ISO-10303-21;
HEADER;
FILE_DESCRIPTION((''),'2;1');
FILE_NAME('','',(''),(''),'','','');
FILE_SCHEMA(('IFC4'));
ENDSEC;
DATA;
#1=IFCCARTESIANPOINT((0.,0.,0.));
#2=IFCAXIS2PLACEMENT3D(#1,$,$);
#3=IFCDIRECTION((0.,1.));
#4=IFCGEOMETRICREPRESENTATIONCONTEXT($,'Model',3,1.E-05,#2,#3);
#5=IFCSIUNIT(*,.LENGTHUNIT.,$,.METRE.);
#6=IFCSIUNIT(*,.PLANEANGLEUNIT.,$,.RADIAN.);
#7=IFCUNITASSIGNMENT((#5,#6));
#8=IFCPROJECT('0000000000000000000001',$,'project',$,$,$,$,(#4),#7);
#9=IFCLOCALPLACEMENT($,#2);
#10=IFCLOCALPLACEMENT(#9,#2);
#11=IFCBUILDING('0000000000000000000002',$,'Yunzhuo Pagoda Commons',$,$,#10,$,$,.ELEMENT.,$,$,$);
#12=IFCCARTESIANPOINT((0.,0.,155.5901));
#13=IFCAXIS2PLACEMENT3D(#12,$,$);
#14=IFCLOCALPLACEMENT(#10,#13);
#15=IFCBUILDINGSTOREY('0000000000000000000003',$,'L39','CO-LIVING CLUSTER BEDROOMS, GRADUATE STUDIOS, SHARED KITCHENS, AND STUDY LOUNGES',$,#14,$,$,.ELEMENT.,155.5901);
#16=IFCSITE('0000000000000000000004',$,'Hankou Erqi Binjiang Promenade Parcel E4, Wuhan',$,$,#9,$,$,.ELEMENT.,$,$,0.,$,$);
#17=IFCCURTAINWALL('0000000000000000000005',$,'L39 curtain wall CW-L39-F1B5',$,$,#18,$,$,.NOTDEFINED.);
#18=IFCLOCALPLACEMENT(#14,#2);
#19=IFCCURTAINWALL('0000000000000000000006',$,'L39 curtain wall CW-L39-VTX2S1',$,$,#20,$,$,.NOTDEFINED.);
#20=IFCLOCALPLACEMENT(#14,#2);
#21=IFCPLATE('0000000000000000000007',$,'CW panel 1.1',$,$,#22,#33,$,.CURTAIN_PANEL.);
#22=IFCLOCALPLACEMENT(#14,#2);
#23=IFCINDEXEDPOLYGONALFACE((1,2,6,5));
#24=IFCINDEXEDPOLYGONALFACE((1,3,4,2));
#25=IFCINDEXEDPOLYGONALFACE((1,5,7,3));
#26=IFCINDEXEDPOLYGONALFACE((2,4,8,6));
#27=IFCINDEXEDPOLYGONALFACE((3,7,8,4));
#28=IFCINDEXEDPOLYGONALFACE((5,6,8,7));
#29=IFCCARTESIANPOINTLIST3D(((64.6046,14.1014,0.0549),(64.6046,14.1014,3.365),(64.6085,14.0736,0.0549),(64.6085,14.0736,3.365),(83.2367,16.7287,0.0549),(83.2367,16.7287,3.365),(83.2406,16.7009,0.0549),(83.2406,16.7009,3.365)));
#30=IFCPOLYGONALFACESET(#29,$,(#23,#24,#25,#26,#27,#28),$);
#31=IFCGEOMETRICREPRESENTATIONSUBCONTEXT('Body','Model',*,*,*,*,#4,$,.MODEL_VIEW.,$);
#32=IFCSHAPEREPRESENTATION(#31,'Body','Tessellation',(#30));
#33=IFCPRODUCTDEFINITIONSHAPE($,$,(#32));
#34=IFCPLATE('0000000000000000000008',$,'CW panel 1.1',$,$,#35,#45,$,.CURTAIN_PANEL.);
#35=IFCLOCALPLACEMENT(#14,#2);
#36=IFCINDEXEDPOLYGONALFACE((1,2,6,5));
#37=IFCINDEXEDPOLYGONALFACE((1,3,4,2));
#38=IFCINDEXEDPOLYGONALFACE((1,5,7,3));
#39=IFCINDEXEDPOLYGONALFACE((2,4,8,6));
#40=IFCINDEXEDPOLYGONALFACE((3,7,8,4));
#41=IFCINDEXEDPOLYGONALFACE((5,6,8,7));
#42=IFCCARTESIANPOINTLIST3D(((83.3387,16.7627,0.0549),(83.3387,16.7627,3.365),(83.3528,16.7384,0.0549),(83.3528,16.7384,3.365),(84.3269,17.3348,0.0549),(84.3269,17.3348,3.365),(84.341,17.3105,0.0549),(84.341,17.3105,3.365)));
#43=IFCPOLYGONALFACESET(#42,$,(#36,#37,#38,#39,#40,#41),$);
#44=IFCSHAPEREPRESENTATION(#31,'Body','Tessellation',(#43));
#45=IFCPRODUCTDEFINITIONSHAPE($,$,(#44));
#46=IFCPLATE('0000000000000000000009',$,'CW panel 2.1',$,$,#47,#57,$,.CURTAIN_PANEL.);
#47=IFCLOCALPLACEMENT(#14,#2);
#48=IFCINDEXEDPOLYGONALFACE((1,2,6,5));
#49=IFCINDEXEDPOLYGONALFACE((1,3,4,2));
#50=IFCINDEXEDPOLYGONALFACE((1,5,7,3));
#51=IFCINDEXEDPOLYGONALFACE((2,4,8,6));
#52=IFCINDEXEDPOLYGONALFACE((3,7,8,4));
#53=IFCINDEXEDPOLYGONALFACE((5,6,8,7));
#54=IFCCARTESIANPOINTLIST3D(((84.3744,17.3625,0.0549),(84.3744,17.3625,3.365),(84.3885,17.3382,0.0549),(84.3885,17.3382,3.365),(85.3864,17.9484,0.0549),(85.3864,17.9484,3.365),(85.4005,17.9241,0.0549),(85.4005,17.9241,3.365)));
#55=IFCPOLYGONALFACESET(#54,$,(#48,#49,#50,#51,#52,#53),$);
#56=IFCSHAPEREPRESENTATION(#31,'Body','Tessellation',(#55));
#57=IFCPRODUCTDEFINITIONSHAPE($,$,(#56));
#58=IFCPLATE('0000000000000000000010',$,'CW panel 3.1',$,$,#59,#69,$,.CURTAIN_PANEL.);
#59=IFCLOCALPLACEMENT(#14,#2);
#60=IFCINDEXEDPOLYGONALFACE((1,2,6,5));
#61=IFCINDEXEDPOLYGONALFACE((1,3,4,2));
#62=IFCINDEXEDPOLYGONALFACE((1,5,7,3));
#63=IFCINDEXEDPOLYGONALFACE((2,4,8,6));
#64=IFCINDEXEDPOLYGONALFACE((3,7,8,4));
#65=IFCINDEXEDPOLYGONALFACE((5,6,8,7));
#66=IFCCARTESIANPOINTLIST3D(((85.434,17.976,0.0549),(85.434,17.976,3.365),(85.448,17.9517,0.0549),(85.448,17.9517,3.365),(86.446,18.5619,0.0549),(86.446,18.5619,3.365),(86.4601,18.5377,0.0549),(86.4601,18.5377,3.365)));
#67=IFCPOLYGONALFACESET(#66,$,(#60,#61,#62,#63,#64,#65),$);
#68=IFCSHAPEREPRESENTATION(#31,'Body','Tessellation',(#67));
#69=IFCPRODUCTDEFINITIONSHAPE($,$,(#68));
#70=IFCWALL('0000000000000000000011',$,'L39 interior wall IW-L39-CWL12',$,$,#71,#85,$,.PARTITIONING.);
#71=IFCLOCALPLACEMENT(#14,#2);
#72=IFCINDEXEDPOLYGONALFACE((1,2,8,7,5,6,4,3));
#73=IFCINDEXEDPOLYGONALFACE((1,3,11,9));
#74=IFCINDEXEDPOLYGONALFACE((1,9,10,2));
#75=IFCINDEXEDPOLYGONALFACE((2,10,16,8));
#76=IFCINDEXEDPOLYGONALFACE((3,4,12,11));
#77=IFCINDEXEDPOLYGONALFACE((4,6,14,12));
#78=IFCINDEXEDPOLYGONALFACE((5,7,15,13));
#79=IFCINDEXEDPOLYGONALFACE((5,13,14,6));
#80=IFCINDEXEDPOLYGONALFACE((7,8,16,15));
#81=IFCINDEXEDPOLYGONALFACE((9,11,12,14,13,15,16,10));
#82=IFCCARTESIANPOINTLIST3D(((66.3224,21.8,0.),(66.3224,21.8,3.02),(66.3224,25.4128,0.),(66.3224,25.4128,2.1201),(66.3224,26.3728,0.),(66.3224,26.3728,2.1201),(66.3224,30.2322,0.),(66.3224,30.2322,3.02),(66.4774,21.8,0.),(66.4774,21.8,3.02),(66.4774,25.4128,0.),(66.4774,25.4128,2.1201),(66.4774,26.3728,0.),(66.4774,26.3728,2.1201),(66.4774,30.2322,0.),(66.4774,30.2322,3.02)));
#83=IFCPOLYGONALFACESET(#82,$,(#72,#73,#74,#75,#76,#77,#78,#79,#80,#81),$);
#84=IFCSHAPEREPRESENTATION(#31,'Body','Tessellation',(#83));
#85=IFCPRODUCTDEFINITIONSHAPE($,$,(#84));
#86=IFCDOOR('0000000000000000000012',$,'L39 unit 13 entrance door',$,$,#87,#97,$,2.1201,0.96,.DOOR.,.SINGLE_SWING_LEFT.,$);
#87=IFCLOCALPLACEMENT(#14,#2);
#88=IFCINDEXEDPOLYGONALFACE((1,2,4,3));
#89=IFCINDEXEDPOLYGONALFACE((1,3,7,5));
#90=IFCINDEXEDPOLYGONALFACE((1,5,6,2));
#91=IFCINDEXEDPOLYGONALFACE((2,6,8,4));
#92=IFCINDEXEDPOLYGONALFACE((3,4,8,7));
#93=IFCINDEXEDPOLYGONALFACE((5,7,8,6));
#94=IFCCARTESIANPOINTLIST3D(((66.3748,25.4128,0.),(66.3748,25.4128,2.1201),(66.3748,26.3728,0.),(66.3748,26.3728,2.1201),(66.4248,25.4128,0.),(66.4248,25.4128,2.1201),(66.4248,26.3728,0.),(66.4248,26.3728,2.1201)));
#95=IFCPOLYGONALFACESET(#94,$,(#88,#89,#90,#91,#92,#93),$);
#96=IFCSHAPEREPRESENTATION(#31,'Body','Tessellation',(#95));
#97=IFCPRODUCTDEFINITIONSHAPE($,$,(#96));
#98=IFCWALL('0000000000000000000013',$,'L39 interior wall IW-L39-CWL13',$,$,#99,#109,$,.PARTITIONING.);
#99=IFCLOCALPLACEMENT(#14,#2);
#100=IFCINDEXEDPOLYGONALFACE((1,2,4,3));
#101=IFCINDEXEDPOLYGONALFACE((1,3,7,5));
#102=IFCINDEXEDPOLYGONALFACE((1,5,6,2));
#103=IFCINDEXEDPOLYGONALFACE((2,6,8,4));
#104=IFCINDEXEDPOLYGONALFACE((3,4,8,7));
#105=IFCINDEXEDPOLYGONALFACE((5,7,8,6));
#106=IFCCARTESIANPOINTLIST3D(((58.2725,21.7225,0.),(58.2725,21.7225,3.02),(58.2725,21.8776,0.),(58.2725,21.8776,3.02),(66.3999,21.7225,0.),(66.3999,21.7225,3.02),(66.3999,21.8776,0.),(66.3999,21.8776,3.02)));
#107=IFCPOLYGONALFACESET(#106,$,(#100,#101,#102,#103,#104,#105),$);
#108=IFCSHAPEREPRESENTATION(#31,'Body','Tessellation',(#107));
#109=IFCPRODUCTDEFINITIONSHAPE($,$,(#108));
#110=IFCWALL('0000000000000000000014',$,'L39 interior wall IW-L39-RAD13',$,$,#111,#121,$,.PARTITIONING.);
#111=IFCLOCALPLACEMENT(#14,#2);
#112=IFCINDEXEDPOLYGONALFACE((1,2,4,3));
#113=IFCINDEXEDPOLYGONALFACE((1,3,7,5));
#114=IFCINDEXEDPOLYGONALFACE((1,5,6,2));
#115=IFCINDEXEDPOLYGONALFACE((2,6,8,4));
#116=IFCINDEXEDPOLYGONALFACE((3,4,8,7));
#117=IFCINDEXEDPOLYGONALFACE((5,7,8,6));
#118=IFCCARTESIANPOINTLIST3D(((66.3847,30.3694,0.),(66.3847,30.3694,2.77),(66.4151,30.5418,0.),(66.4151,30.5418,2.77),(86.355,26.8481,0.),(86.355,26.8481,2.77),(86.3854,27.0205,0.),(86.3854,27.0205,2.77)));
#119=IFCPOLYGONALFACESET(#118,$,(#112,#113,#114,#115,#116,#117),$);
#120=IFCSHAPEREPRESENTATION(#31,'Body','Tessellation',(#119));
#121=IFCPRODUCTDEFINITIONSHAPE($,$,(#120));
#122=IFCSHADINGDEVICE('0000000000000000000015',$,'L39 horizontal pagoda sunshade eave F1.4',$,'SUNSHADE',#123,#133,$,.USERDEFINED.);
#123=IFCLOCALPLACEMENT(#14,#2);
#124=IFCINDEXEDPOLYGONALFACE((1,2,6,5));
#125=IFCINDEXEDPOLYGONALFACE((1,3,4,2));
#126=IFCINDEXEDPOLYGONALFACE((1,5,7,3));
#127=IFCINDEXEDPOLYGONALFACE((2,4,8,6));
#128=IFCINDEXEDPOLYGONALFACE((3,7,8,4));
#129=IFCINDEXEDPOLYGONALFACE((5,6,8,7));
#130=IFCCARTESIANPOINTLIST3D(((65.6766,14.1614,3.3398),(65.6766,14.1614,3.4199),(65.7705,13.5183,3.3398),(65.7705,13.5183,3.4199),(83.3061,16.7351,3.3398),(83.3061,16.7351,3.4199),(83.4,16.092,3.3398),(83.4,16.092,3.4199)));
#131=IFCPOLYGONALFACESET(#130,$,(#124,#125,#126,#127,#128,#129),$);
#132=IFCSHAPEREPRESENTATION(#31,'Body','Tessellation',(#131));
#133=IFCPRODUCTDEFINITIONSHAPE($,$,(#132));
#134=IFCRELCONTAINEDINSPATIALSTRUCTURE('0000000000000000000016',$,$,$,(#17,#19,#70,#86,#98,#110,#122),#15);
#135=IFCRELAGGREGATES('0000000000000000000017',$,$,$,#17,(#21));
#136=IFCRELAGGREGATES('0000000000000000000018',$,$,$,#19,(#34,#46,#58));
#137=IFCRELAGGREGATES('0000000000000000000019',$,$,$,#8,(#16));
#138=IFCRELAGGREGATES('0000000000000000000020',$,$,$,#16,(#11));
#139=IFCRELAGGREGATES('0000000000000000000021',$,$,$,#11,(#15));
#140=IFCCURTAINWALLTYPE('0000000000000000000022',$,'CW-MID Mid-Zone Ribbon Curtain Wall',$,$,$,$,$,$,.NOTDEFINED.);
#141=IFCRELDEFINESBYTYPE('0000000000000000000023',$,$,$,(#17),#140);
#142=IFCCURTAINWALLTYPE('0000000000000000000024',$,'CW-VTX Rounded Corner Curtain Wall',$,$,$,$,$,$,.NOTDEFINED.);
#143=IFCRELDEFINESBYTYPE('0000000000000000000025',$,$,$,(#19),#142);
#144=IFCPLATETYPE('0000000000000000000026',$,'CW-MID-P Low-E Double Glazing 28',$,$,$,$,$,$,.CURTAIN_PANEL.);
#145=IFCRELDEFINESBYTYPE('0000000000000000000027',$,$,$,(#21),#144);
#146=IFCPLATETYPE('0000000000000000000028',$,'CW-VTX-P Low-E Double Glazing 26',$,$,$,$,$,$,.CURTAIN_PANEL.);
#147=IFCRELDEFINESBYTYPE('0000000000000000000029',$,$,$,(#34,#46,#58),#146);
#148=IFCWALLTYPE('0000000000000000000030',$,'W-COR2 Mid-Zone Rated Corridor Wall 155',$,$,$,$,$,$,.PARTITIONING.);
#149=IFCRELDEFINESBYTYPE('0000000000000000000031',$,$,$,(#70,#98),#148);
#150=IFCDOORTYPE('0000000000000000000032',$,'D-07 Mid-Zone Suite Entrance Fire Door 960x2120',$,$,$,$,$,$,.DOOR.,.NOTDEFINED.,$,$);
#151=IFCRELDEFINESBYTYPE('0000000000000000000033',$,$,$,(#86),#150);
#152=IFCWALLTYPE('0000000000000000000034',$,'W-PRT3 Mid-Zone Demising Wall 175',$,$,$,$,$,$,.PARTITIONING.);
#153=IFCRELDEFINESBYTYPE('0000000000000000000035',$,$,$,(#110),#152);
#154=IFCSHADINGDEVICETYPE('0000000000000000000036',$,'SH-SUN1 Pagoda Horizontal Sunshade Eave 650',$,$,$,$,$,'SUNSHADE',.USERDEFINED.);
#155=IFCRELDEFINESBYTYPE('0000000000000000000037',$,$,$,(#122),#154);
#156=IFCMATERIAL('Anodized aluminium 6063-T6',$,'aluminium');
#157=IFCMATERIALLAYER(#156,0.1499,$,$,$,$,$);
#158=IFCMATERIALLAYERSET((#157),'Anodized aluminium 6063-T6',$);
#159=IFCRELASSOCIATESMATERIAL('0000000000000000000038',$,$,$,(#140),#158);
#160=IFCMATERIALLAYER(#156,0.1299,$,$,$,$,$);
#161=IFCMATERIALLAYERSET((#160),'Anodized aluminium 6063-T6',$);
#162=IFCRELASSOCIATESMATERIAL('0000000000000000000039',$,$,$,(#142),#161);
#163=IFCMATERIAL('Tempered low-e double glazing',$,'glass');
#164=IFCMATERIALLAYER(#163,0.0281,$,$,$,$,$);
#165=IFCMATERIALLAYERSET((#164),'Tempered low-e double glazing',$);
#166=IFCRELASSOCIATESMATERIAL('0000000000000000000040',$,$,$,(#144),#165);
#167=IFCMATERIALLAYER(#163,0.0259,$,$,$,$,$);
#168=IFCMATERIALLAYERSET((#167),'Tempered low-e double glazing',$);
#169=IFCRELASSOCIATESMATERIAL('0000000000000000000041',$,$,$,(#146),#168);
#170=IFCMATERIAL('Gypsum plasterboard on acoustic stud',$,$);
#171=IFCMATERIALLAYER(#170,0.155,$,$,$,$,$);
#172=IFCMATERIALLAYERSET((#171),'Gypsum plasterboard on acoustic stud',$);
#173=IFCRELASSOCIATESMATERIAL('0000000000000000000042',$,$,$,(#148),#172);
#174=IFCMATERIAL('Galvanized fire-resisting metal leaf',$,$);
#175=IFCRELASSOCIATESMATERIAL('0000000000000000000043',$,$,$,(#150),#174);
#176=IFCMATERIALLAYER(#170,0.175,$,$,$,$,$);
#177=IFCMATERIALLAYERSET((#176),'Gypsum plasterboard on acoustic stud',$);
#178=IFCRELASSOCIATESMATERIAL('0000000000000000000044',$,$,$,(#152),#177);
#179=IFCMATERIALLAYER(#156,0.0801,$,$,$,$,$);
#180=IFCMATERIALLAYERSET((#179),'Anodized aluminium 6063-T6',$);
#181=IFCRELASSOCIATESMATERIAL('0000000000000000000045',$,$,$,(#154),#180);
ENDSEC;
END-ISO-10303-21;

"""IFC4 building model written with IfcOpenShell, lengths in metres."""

from ifc_helpers import new_model, si_unit, direction, frame, frame_2d, origin, origin_with_axes, origin_2d, place, context, subcontext, project, spatial, rectangle, extrude, source, transform, mapped, material, layer, layer_set, type_object, element, fill, aggregate, save


model = new_model("IFC4")

# Units and contexts
model_context = context("Model", 3, precision=1e-05, world=origin(), true_north=direction((0.0, 1.0)))
body_context = subcontext(model_context, "Body", "Model", "MODEL_VIEW")
ifc_project = project(units=[si_unit("LENGTHUNIT", "METRE"), si_unit("PLANEANGLEUNIT", "RADIAN")], contexts=[model_context])

# Site, building, storey
site_placement = place(None, origin())
site = spatial("IfcSite", under=ifc_project, at=site_placement, Name="Hankou Erqi Binjiang Promenade Parcel E4, Wuhan", CompositionType="ELEMENT", RefElevation=0.0)
building_placement = place(site_placement, origin())
building = spatial("IfcBuilding", under=site, at=building_placement, Name="Yunzhuo Pagoda Commons", CompositionType="ELEMENT")
storey_placement = place(building_placement, frame((0.0, 0.0, 155.5901)))
storey = spatial("IfcBuildingStorey", under=building, at=storey_placement, Name="L39", Description="CO-LIVING CLUSTER BEDROOMS, GRADUATE STUDIOS, SHARED KITCHENS, AND STUDY LOUNGES", CompositionType="ELEMENT", Elevation=155.5901)

# Curtain wall
ifc_material_1 = material(Name="Anodized aluminium 6063-T6", Category="aluminium")
ifc_layer_1 = layer(ifc_material_1, 0.1499)
ifc_layer_set_1 = layer_set([ifc_layer_1], Name="Anodized aluminium 6063-T6")
curtain_wall_type_1 = type_object("IfcCurtainWallType", Name="CW-MID Mid-Zone Ribbon Curtain Wall", PredefinedType="NOTDEFINED", material=ifc_layer_set_1)
curtain_wall_1_placement = place(storey_placement, origin())
curtain_wall_1 = element("IfcCurtainWall", 1, at=curtain_wall_1_placement, inside=storey, type_object=curtain_wall_type_1, Name="L39 curtain wall CW-L39-F1B5", PredefinedType="NOTDEFINED")

# Curtain wall
ifc_layer_2 = layer(ifc_material_1, 0.1299)
ifc_layer_set_2 = layer_set([ifc_layer_2], Name="Anodized aluminium 6063-T6")
curtain_wall_type_2 = type_object("IfcCurtainWallType", Name="CW-VTX Rounded Corner Curtain Wall", PredefinedType="NOTDEFINED", material=ifc_layer_set_2)
curtain_wall_2_placement = place(storey_placement, origin())
curtain_wall_2 = element("IfcCurtainWall", 2, at=curtain_wall_2_placement, inside=storey, type_object=curtain_wall_type_2, Name="L39 curtain wall CW-L39-VTX2S1", PredefinedType="NOTDEFINED")

# Plates
ifc_material_2 = material(Name="Tempered low-e double glazing", Category="glass")
ifc_layer_3 = layer(ifc_material_2, 0.0281)
ifc_layer_set_3 = layer_set([ifc_layer_3], Name="Tempered low-e double glazing")
plate_type_1 = type_object("IfcPlateType", Name="CW-MID-P Low-E Double Glazing 28", PredefinedType="CURTAIN_PANEL", material=ifc_layer_set_3)
shared_shape_1 = source(origin(), body_context, "Body", "SweptSolid", [
    extrude(rectangle(XDim=18.8164, YDim=0.0281, at=origin_2d()), origin(), (0.0, 0.0, 1.0), 3.3101),
])
plate_1_placement = place(storey_placement, frame((73.9226, 15.4011, 0.0549), z_axis=(0.0, 0.0, 1.0), x_axis=(0.990204, 0.13963, 0.0)))
plate_1 = element("IfcPlate", 3, at=plate_1_placement, type_object=plate_type_1, Name="CW panel 1.1", PredefinedType="CURTAIN_PANEL", context=body_context, shape_type="MappedRepresentation", body=[
    mapped(shared_shape_1, transform((0.0, 0.0, 0.0), scale=1.0)),
])
aggregate(curtain_wall_1, [plate_1])
ifc_layer_4 = layer(ifc_material_2, 0.0259)
ifc_layer_set_4 = layer_set([ifc_layer_4], Name="Tempered low-e double glazing")
plate_type_2 = type_object("IfcPlateType", Name="CW-VTX-P Low-E Double Glazing 26", PredefinedType="CURTAIN_PANEL", material=ifc_layer_set_4)
shared_shape_2 = source(origin(), body_context, "Body", "SweptSolid", [
    extrude(rectangle(XDim=1.1418, YDim=0.0281, at=origin_2d()), origin(), (0.0, 0.0, 1.0), 3.3101),
])
plate_2_placement = place(storey_placement, frame((83.8398, 17.0366, 0.0549), z_axis=(0.0, 0.0, 1.0), x_axis=(0.865427, 0.501035, 0.0)))
plate_2 = element("IfcPlate", 4, at=plate_2_placement, type_object=plate_type_2, Name="CW panel 1.1", PredefinedType="CURTAIN_PANEL", context=body_context, shape_type="MappedRepresentation", body=[
    mapped(shared_shape_2, transform((0.0, 0.0, 0.0), scale=1.0)),
])
shared_shape_3 = source(origin(), body_context, "Body", "SweptSolid", [
    extrude(rectangle(XDim=1.1694, YDim=0.0281, at=origin_2d()), origin(), (0.0, 0.0, 1.0), 3.3101),
])
plate_3_placement = place(storey_placement, frame((84.8875, 17.6433, 0.0549), z_axis=(0.0, 0.0, 1.0), x_axis=(0.865427, 0.501035, 0.0)))
plate_3 = element("IfcPlate", 5, at=plate_3_placement, type_object=plate_type_2, Name="CW panel 2.1", PredefinedType="CURTAIN_PANEL", context=body_context, shape_type="MappedRepresentation", body=[
    mapped(shared_shape_3, transform((0.0, 0.0, 0.0), scale=1.0)),
])
plate_4_placement = place(storey_placement, frame((85.947, 18.2568, 0.0549), z_axis=(0.0, 0.0, 1.0), x_axis=(0.865427, 0.501035, 0.0)))
plate_4 = element("IfcPlate", 6, at=plate_4_placement, type_object=plate_type_2, Name="CW panel 3.1", PredefinedType="CURTAIN_PANEL", context=body_context, shape_type="MappedRepresentation", body=[
    mapped(shared_shape_3, transform((0.0, 0.0, 0.0), scale=1.0)),
])
aggregate(curtain_wall_2, [plate_2, plate_3, plate_4])

# Wall, opening, door
ifc_material_3 = material(Name="Gypsum plasterboard on acoustic stud")
ifc_layer_5 = layer(ifc_material_3, 0.155)
ifc_layer_set_5 = layer_set([ifc_layer_5], Name="Gypsum plasterboard on acoustic stud")
wall_type_1 = type_object("IfcWallType", Name="W-COR2 Mid-Zone Rated Corridor Wall 155", PredefinedType="PARTITIONING", material=ifc_layer_set_5)
wall_1_placement = place(storey_placement, frame((66.3999, 30.2322, 0.0), z_axis=(0.0, 0.0, 1.0), x_axis=(0.0, -1.0, 0.0)))
wall_1 = element("IfcWall", 7, at=wall_1_placement, inside=storey, type_object=wall_type_1, Name="L39 interior wall IW-L39-CWL12", PredefinedType="PARTITIONING", context=body_context, shape_type="SweptSolid", body=[
    extrude(rectangle(XDim=8.4321, YDim=0.155, at=frame_2d((4.2161, 0.0))), origin(), (0.0, 0.0, 1.0), 3.02),
])
opening_placement = place(wall_1_placement, frame((3.8594, 0.0, 0.0)))
opening = element("IfcOpeningElement", 8, at=opening_placement, cuts=wall_1, PredefinedType="OPENING", context=body_context, shape_type="SweptSolid", body=[
    extrude(rectangle(XDim=0.96, YDim=2.1201, at=frame_2d((0.48, 1.0601))), frame((0.0, 0.0874, 0.0), z_axis=(0.0, -1.0, 0.0), x_axis=(1.0, 0.0, 0.0)), (0.0, 0.0, 1.0), 0.175),
])
ifc_material_4 = material(Name="Galvanized fire-resisting metal leaf")
door_type = type_object("IfcDoorType", Name="D-07 Mid-Zone Suite Entrance Fire Door 960x2120", OperationType="NOTDEFINED", PredefinedType="DOOR", material=ifc_material_4)
shared_shape_4 = source(origin(), body_context, "Body", "SweptSolid", [
    extrude(rectangle(XDim=0.96, YDim=2.1201, at=frame_2d((0.48, 1.0601))), frame((0.0, 0.0249, 0.0), z_axis=(0.0, -1.0, 0.0), x_axis=(1.0, 0.0, 0.0)), (0.0, 0.0, 1.0), 0.05),
])
door_placement = place(opening_placement, origin_with_axes())
door = element("IfcDoor", 9, at=door_placement, inside=storey, type_object=door_type, Name="L39 unit 13 entrance door", OperationType="SINGLE_SWING_LEFT", OverallHeight=2.1201, OverallWidth=0.96, PredefinedType="DOOR", context=body_context, shape_type="MappedRepresentation", body=[
    mapped(shared_shape_4, transform((0.0, 0.0, 0.0), scale=1.0)),
])
fill(opening, door)

# Walls
wall_2_placement = place(storey_placement, frame((66.3999, 21.8, 0.0), z_axis=(0.0, 0.0, 1.0), x_axis=(-1.0, 0.0, 0.0)))
element("IfcWall", 10, at=wall_2_placement, inside=storey, type_object=wall_type_1, Name="L39 interior wall IW-L39-CWL13", PredefinedType="PARTITIONING", context=body_context, shape_type="SweptSolid", body=[
    extrude(rectangle(XDim=8.1274, YDim=0.155, at=frame_2d((4.0637, 0.0))), origin(), (0.0, 0.0, 1.0), 3.02),
])
ifc_layer_6 = layer(ifc_material_3, 0.175)
ifc_layer_set_6 = layer_set([ifc_layer_6], Name="Gypsum plasterboard on acoustic stud")
wall_type_2 = type_object("IfcWallType", Name="W-PRT3 Mid-Zone Demising Wall 175", PredefinedType="PARTITIONING", material=ifc_layer_set_6)
wall_3_placement = place(storey_placement, frame((66.3999, 30.4556, 0.0), z_axis=(0.0, 0.0, 1.0), x_axis=(0.984808, -0.173646, 0.0)))
element("IfcWall", 11, at=wall_3_placement, inside=storey, type_object=wall_type_2, Name="L39 interior wall IW-L39-RAD13", PredefinedType="PARTITIONING", context=body_context, shape_type="SweptSolid", body=[
    extrude(rectangle(XDim=20.2783, YDim=0.175, at=frame_2d((10.1392, 0.0))), origin(), (0.0, 0.0, 1.0), 2.77),
])

# Shading device
ifc_layer_7 = layer(ifc_material_1, 0.0801)
ifc_layer_set_7 = layer_set([ifc_layer_7], Name="Anodized aluminium 6063-T6")
shading_device_type = type_object("IfcShadingDeviceType", Name="SH-SUN1 Pagoda Horizontal Sunshade Eave 650", ElementType="SUNSHADE", PredefinedType="USERDEFINED", material=ifc_layer_set_7)
shared_shape_5 = source(origin(), body_context, "Body", "SweptSolid", [
    extrude(rectangle(XDim=17.8164, YDim=0.6499, at=origin_2d()), origin(), (0.0, 0.0, 1.0), 0.0801),
])
shading_device_placement = place(storey_placement, frame((74.5383, 15.1267, 3.3398), z_axis=(0.0, 0.0, 1.0), x_axis=(0.989511, 0.14446, 0.0)))
element("IfcShadingDevice", 12, at=shading_device_placement, inside=storey, type_object=shading_device_type, Name="L39 horizontal pagoda sunshade eave F1.4", ObjectType="SUNSHADE", PredefinedType="USERDEFINED", context=body_context, shape_type="MappedRepresentation", body=[
    mapped(shared_shape_5, transform((0.0, 0.0, 0.0), scale=1.0)),
])

save(model, "model.ifc")
